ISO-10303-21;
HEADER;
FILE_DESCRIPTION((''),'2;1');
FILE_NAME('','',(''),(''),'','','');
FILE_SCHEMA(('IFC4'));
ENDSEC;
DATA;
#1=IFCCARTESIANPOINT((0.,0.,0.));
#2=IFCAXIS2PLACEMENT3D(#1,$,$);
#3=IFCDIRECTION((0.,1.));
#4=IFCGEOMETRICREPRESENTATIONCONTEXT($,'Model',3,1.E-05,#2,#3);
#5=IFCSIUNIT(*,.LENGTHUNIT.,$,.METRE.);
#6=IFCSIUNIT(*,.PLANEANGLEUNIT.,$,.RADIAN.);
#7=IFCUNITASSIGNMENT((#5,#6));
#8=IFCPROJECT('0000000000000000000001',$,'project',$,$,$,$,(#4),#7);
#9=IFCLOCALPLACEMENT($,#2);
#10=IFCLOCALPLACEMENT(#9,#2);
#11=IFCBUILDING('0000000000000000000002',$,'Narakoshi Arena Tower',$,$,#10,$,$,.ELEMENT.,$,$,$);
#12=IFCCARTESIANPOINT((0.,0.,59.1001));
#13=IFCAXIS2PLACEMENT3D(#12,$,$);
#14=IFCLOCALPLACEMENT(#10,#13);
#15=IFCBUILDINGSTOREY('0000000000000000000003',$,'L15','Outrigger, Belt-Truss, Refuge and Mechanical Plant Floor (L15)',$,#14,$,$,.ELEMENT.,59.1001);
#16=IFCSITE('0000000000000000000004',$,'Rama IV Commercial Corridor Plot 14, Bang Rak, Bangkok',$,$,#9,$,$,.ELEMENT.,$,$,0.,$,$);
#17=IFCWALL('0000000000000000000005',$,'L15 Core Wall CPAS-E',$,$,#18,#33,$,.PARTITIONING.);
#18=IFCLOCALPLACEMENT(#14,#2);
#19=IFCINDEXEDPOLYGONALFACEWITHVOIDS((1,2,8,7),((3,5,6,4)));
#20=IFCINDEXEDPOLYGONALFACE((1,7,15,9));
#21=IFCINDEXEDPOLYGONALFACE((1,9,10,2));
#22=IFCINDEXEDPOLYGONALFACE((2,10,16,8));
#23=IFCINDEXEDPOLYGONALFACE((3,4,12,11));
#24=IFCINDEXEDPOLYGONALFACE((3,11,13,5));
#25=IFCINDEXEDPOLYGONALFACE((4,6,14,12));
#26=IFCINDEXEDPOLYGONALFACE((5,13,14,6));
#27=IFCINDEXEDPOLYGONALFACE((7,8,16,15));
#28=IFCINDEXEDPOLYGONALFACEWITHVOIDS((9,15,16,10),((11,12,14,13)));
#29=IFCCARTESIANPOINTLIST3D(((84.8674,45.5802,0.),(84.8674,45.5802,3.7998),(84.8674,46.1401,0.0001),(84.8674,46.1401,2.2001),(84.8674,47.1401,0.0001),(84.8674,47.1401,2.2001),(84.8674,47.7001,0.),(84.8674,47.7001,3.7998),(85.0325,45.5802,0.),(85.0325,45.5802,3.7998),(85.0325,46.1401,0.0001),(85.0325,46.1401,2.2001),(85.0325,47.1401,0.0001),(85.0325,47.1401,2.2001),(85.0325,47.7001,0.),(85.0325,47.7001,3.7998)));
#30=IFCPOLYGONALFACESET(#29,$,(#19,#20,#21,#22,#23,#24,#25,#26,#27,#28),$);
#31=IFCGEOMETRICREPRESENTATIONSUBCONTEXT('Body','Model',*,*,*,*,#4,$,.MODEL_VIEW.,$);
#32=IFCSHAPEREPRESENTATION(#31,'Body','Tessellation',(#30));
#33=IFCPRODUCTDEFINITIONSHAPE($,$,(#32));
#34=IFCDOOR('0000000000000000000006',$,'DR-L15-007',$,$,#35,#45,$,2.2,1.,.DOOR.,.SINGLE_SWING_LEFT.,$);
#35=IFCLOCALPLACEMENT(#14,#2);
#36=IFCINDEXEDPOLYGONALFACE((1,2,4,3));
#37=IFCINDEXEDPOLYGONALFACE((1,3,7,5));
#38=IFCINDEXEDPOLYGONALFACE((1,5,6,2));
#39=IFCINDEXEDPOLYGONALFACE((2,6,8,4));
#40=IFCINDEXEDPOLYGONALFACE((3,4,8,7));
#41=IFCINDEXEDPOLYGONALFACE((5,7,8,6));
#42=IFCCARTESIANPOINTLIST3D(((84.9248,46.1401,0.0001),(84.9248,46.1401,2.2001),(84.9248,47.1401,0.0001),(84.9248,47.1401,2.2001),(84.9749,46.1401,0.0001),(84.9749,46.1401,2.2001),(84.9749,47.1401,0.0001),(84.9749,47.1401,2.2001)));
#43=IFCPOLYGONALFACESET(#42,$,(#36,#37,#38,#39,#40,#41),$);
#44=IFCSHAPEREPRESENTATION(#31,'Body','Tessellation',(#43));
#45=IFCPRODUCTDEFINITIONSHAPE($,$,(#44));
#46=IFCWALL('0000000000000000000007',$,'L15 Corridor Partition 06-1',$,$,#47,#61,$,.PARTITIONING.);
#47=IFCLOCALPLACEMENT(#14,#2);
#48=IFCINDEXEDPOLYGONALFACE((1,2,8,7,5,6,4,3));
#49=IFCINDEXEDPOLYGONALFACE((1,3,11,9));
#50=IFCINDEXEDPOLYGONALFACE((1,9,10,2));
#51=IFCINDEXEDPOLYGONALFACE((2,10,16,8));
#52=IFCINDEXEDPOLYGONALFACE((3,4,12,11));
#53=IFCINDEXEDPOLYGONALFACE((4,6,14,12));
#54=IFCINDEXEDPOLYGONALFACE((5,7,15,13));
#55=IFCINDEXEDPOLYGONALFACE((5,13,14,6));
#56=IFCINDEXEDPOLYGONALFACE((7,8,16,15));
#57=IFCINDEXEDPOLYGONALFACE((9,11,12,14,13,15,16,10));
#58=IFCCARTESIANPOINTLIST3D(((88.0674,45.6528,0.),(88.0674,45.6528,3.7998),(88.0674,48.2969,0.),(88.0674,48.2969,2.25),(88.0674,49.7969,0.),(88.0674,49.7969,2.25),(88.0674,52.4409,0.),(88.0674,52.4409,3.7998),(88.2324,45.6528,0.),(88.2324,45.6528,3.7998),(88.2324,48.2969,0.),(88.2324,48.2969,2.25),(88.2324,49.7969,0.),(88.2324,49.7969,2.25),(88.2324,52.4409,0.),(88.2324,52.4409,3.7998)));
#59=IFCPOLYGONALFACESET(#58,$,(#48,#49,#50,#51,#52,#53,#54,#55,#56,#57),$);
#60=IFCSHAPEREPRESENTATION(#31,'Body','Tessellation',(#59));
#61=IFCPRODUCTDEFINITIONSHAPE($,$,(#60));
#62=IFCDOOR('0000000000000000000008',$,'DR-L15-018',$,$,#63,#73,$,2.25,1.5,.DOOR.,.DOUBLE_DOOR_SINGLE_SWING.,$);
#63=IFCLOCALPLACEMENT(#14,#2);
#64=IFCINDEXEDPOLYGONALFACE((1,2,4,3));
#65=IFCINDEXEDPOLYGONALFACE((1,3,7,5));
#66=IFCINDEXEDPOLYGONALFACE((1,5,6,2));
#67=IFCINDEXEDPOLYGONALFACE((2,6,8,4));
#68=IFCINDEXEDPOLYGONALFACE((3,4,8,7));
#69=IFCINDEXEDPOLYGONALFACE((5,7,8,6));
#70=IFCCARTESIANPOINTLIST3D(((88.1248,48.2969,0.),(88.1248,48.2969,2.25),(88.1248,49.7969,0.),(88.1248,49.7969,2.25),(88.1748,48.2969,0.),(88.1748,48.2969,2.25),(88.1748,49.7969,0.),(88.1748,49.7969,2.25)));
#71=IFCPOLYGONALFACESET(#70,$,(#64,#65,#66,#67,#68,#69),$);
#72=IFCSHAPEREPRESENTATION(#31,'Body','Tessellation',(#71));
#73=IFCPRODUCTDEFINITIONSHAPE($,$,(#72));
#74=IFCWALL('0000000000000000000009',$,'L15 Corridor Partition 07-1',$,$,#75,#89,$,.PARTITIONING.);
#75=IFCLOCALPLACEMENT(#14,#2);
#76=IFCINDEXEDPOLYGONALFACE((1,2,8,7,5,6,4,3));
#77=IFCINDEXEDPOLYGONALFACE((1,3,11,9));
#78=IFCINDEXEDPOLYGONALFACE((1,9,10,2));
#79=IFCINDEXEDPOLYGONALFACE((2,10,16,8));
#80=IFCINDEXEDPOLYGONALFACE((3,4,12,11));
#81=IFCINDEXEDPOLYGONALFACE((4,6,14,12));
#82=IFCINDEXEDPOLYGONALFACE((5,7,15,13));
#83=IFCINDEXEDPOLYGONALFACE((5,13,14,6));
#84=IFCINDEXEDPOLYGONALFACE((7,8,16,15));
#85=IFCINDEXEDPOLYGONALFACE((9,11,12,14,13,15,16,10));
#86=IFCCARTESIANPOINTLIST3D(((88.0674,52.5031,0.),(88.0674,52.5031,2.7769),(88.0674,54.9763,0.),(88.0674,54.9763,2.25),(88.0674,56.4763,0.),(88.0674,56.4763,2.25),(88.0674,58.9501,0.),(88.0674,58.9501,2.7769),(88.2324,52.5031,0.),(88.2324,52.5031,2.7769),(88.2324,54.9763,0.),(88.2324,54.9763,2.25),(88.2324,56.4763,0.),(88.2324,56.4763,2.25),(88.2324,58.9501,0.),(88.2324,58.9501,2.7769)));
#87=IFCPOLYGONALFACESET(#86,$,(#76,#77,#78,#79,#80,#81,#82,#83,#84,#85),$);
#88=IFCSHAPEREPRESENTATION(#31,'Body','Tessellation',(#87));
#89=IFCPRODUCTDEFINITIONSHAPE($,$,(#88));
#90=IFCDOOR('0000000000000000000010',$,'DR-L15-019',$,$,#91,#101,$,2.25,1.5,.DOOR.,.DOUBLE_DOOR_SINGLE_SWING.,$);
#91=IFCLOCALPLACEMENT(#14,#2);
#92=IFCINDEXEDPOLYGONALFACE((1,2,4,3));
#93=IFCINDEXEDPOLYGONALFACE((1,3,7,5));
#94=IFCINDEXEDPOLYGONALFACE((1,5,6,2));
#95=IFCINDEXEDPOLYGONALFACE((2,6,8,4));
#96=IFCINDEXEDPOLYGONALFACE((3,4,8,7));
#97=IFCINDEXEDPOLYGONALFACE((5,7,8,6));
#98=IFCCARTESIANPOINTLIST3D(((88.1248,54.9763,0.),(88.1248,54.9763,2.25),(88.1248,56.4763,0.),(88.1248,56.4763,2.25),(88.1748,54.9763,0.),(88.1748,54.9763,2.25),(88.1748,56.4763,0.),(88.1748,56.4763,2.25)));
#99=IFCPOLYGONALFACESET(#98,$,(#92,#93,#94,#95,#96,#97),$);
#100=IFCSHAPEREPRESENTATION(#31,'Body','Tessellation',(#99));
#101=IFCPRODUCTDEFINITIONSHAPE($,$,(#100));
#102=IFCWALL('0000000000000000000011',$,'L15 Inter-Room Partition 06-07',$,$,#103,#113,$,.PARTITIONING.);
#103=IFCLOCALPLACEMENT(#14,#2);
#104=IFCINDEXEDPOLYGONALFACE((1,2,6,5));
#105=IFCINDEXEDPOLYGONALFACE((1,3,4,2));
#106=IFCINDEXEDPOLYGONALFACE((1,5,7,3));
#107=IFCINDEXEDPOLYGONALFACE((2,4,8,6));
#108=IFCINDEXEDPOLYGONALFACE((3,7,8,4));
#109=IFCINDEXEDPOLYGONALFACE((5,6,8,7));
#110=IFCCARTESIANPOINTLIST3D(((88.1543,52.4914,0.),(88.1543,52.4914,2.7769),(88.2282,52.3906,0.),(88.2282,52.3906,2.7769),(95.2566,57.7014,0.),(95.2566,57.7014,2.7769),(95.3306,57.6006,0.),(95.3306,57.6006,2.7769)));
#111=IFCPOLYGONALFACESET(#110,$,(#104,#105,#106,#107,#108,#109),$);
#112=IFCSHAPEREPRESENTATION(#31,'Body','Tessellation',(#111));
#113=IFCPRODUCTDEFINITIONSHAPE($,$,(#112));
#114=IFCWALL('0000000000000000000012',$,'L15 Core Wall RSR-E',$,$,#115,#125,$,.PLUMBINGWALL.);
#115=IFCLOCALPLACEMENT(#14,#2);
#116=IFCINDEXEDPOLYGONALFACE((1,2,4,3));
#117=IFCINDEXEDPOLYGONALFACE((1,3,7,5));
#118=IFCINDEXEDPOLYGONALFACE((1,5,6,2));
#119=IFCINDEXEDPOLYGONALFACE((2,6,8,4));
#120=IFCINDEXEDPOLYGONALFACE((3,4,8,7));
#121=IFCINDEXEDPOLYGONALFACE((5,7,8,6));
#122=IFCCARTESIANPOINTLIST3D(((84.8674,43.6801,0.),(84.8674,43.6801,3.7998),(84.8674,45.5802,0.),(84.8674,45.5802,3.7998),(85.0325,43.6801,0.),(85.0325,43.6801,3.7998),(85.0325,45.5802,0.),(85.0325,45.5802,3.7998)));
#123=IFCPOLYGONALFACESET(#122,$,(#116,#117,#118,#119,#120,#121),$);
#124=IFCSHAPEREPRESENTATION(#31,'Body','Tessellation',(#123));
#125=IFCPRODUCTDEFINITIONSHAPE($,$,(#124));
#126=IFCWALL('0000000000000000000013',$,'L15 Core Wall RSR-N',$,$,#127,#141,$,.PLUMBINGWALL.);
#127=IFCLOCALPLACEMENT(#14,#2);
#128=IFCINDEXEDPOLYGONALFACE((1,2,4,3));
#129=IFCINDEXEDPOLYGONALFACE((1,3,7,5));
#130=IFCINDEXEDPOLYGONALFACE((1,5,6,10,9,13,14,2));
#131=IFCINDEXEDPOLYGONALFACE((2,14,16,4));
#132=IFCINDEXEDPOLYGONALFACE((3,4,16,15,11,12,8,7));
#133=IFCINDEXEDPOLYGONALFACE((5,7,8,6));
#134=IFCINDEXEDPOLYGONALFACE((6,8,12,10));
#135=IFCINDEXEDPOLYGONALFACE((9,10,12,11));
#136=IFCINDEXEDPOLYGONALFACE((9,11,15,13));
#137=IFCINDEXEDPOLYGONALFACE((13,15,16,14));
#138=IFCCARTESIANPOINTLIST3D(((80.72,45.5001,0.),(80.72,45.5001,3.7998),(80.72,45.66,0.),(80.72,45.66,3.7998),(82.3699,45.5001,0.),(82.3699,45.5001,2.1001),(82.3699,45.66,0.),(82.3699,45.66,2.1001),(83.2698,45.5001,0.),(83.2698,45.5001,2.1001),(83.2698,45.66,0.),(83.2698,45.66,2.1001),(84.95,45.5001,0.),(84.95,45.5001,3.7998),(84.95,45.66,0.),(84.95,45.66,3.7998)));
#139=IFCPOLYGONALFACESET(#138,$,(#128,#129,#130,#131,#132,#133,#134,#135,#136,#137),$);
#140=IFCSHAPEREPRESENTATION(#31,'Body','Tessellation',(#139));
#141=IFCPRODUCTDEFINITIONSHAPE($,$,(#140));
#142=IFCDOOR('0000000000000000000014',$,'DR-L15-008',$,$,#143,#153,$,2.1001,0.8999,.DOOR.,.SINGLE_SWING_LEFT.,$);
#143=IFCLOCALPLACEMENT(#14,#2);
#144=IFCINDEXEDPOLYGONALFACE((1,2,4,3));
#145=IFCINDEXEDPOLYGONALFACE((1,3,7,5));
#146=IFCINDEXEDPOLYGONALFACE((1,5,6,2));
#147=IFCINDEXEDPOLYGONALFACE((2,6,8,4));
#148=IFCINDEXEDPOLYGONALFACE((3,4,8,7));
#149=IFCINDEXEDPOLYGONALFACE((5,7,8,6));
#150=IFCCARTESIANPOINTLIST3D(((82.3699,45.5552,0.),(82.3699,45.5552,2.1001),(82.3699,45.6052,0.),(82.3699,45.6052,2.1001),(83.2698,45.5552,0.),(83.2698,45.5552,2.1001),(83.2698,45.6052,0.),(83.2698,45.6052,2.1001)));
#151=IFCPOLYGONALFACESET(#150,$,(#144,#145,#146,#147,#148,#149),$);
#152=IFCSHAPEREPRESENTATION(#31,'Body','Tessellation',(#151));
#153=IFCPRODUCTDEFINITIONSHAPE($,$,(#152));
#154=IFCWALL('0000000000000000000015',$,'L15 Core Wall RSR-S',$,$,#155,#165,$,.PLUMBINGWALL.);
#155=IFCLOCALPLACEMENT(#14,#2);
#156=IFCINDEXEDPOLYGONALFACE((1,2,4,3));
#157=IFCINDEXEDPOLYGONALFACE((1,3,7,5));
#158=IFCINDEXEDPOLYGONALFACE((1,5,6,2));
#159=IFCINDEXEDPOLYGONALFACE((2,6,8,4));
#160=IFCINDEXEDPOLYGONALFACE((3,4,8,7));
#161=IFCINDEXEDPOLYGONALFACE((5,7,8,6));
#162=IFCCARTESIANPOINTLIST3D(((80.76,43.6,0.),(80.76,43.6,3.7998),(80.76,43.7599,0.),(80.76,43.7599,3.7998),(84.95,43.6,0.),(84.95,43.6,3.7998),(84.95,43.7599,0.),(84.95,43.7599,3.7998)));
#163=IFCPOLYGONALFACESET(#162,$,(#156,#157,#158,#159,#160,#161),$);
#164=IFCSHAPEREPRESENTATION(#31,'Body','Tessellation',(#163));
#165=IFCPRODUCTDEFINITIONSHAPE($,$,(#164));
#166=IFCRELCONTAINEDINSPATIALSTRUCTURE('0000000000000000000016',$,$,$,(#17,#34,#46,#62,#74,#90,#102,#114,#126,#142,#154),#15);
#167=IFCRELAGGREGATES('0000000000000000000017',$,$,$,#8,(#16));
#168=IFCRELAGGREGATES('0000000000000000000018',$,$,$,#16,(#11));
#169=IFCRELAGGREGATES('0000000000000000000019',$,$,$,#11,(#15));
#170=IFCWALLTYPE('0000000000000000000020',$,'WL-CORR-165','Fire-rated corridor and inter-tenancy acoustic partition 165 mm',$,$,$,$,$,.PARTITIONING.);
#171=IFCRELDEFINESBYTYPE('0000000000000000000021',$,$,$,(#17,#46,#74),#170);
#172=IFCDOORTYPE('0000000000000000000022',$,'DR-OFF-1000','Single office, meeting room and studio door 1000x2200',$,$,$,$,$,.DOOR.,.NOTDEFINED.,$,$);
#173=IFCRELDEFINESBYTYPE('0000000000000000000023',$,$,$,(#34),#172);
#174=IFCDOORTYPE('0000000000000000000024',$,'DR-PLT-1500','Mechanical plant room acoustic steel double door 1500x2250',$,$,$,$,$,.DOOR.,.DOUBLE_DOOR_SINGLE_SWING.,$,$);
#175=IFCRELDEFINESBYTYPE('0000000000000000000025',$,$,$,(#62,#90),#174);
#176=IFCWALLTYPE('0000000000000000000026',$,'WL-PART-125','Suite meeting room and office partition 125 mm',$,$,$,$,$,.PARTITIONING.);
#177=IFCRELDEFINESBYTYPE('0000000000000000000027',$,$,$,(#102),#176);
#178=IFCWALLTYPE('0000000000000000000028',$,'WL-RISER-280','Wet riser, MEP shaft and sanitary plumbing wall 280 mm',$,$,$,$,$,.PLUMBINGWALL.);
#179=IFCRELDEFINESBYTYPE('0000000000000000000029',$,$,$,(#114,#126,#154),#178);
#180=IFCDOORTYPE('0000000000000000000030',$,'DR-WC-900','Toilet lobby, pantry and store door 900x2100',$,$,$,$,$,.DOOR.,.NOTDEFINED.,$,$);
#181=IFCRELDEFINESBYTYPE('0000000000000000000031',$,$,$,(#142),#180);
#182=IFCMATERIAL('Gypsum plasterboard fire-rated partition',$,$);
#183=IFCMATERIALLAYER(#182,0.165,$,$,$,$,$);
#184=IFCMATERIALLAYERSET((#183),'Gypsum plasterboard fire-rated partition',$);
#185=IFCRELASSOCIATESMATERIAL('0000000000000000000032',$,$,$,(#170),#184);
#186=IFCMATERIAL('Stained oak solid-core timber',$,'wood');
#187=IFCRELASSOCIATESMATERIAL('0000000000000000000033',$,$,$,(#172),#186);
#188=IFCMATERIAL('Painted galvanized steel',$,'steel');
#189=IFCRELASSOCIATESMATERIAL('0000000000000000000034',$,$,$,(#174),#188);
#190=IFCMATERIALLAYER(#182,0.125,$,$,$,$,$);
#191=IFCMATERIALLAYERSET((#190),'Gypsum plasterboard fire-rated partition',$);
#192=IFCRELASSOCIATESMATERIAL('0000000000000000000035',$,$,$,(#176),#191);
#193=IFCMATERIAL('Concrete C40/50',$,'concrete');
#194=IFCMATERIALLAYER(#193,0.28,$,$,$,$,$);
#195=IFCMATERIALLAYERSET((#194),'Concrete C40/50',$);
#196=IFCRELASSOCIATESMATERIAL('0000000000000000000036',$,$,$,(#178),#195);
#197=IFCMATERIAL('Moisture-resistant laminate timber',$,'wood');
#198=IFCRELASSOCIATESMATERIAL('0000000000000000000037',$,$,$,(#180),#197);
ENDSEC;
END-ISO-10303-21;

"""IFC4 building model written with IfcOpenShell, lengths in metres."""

from ifc_helpers import new_model, si_unit, direction, frame, frame_2d, origin, place, context, subcontext, project, spatial, rectangle, extrude, material, layer, layer_set, type_object, element, fill, save


model = new_model("IFC4")

# Units and contexts
model_context = context("Model", 3, precision=1e-05, world=origin(), true_north=direction((0.0, 1.0)))
body_context = subcontext(model_context, "Body", "Model", "MODEL_VIEW")
ifc_project = project(units=[si_unit("LENGTHUNIT", "METRE"), si_unit("PLANEANGLEUNIT", "RADIAN")], contexts=[model_context])

# Site, building, storey
site_placement = place(None, origin())
site = spatial("IfcSite", under=ifc_project, at=site_placement, Name="Rama IV Commercial Corridor Plot 14, Bang Rak, Bangkok", CompositionType="ELEMENT", RefElevation=0.0)
building_placement = place(site_placement, origin())
building = spatial("IfcBuilding", under=site, at=building_placement, Name="Narakoshi Arena Tower", CompositionType="ELEMENT")
storey_placement = place(building_placement, frame((0.0, 0.0, 59.1001)))
storey = spatial("IfcBuildingStorey", under=building, at=storey_placement, Name="L15", Description="Outrigger, Belt-Truss, Refuge and Mechanical Plant Floor (L15)", CompositionType="ELEMENT", Elevation=59.1001)

# Walls, openings, doors
ifc_material_1 = material(Name="Gypsum plasterboard fire-rated partition")
ifc_layer_1 = layer(ifc_material_1, 0.165)
ifc_layer_set_1 = layer_set([ifc_layer_1], Name="Gypsum plasterboard fire-rated partition")
wall_type_1 = type_object("IfcWallType", Name="WL-CORR-165", Description="Fire-rated corridor and inter-tenancy acoustic partition 165 mm", PredefinedType="PARTITIONING", material=ifc_layer_set_1)
wall_1_placement = place(storey_placement, frame((84.95, 45.5801, 0.0), z_axis=(0.0, 0.0, 1.0), x_axis=(0.0, 1.0, 0.0)))
wall_1 = element("IfcWall", 1, at=wall_1_placement, inside=storey, type_object=wall_type_1, Name="L15 Core Wall CPAS-E", PredefinedType="PARTITIONING", context=body_context, shape_type="SweptSolid", body=[
    extrude(rectangle(XDim=2.1199, YDim=0.165, at=frame_2d((1.0601, 0.0))), origin(), (0.0, 0.0, 1.0), 3.7998),
])
opening_1_placement = place(wall_1_placement, frame((0.5601, 0.0, 0.0)))
opening_1 = element("IfcOpeningElement", 2, at=opening_1_placement, cuts=wall_1, PredefinedType="OPENING", context=body_context, shape_type="SweptSolid", body=[
    extrude(rectangle(XDim=1.0, YDim=2.2, at=frame_2d((0.5, 1.1001))), frame((0.0, 0.0925, 0.0), z_axis=(0.0, -1.0, 0.0), x_axis=(1.0, 0.0, 0.0)), (0.0, 0.0, 1.0), 0.1851),
])
ifc_material_2 = material(Name="Stained oak solid-core timber", Category="wood")
door_type_1 = type_object("IfcDoorType", Name="DR-OFF-1000", Description="Single office, meeting room and studio door 1000x2200", OperationType="NOTDEFINED", PredefinedType="DOOR", material=ifc_material_2)
door_1_placement = place(opening_1_placement, frame((1.0, 0.0, 0.0), z_axis=(0.0, 0.0, 1.0), x_axis=(-1.0, 0.0, 0.0)))
door_1 = element("IfcDoor", 3, at=door_1_placement, inside=storey, type_object=door_type_1, Name="DR-L15-007", OperationType="SINGLE_SWING_LEFT", OverallHeight=2.2, OverallWidth=1.0, PredefinedType="DOOR", context=body_context, shape_type="SweptSolid", body=[
    extrude(rectangle(XDim=1.0, YDim=2.2, at=frame_2d((0.5, 1.1001))), frame((0.0, 0.0249, 0.0), z_axis=(0.0, -1.0, 0.0), x_axis=(1.0, 0.0, 0.0)), (0.0, 0.0, 1.0), 0.05),
])
fill(opening_1, door_1)
wall_2_placement = place(storey_placement, frame((88.1499, 45.6528, 0.0), z_axis=(0.0, 0.0, 1.0), x_axis=(0.0, 1.0, 0.0)))
wall_2 = element("IfcWall", 4, at=wall_2_placement, inside=storey, type_object=wall_type_1, Name="L15 Corridor Partition 06-1", PredefinedType="PARTITIONING", context=body_context, shape_type="SweptSolid", body=[
    extrude(rectangle(XDim=6.7881, YDim=0.165, at=frame_2d((3.394, 0.0))), origin(), (0.0, 0.0, 1.0), 3.7998),
])
opening_2_placement = place(wall_2_placement, frame((2.644, 0.0, 0.0)))
opening_2 = element("IfcOpeningElement", 5, at=opening_2_placement, cuts=wall_2, PredefinedType="OPENING", context=body_context, shape_type="SweptSolid", body=[
    extrude(rectangle(XDim=1.5, YDim=2.25, at=frame_2d((0.75, 1.125))), frame((0.0, 0.0925, 0.0), z_axis=(0.0, -1.0, 0.0), x_axis=(1.0, 0.0, 0.0)), (0.0, 0.0, 1.0), 0.1851),
])
ifc_material_3 = material(Name="Painted galvanized steel", Category="steel")
door_type_2 = type_object("IfcDoorType", Name="DR-PLT-1500", Description="Mechanical plant room acoustic steel double door 1500x2250", OperationType="DOUBLE_DOOR_SINGLE_SWING", PredefinedType="DOOR", material=ifc_material_3)
door_2_placement = place(opening_2_placement, frame((1.5, 0.0, 0.0), z_axis=(0.0, 0.0, 1.0), x_axis=(-1.0, 0.0, 0.0)))
door_2 = element("IfcDoor", 6, at=door_2_placement, inside=storey, type_object=door_type_2, Name="DR-L15-018", OperationType="DOUBLE_DOOR_SINGLE_SWING", OverallHeight=2.25, OverallWidth=1.5, PredefinedType="DOOR", context=body_context, shape_type="SweptSolid", body=[
    extrude(rectangle(XDim=1.5, YDim=2.25, at=frame_2d((0.75, 1.125))), frame((0.0, 0.0249, 0.0), z_axis=(0.0, -1.0, 0.0), x_axis=(1.0, 0.0, 0.0)), (0.0, 0.0, 1.0), 0.05),
])
fill(opening_2, door_2)
wall_3_placement = place(storey_placement, frame((88.1499, 52.5029, 0.0), z_axis=(0.0, 0.0, 1.0), x_axis=(0.0, 1.0, 0.0)))
wall_3 = element("IfcWall", 7, at=wall_3_placement, inside=storey, type_object=wall_type_1, Name="L15 Corridor Partition 07-1", PredefinedType="PARTITIONING", context=body_context, shape_type="SweptSolid", body=[
    extrude(rectangle(XDim=6.447, YDim=0.165, at=frame_2d((3.2236, 0.0))), origin(), (0.0, 0.0, 1.0), 2.7769),
])
opening_3_placement = place(wall_3_placement, frame((2.4734, 0.0, 0.0)))
opening_3 = element("IfcOpeningElement", 8, at=opening_3_placement, cuts=wall_3, PredefinedType="OPENING", context=body_context, shape_type="SweptSolid", body=[
    extrude(rectangle(XDim=1.5, YDim=2.25, at=frame_2d((0.75, 1.125))), frame((0.0, 0.0925, 0.0), z_axis=(0.0, -1.0, 0.0), x_axis=(1.0, 0.0, 0.0)), (0.0, 0.0, 1.0), 0.1851),
])
door_3_placement = place(opening_3_placement, frame((1.5, 0.0, 0.0), z_axis=(0.0, 0.0, 1.0), x_axis=(-1.0, 0.0, 0.0)))
door_3 = element("IfcDoor", 9, at=door_3_placement, inside=storey, type_object=door_type_2, Name="DR-L15-019", OperationType="DOUBLE_DOOR_SINGLE_SWING", OverallHeight=2.25, OverallWidth=1.5, PredefinedType="DOOR", context=body_context, shape_type="SweptSolid", body=[
    extrude(rectangle(XDim=1.5, YDim=2.25, at=frame_2d((0.75, 1.125))), frame((0.0, 0.0249, 0.0), z_axis=(0.0, -1.0, 0.0), x_axis=(1.0, 0.0, 0.0)), (0.0, 0.0, 1.0), 0.05),
])
fill(opening_3, door_3)

# Walls
ifc_layer_2 = layer(ifc_material_1, 0.125)
ifc_layer_set_2 = layer_set([ifc_layer_2], Name="Gypsum plasterboard fire-rated partition")
wall_type_2 = type_object("IfcWallType", Name="WL-PART-125", Description="Suite meeting room and office partition 125 mm", PredefinedType="PARTITIONING", material=ifc_layer_set_2)
wall_4_placement = place(storey_placement, frame((88.1912, 52.4409, 0.0), z_axis=(0.0, 0.0, 1.0), x_axis=(0.806318, 0.591483, 0.0)))
element("IfcWall", 10, at=wall_4_placement, inside=storey, type_object=wall_type_2, Name="L15 Inter-Room Partition 06-07", PredefinedType="PARTITIONING", context=body_context, shape_type="SweptSolid", body=[
    extrude(rectangle(XDim=8.8083, YDim=0.125, at=frame_2d((4.4043, 0.0))), origin(), (0.0, 0.0, 1.0), 2.7769),
])
ifc_material_4 = material(Name="Concrete C40/50", Category="concrete")
ifc_layer_3 = layer(ifc_material_4, 0.28)
ifc_layer_set_3 = layer_set([ifc_layer_3], Name="Concrete C40/50")
wall_type_3 = type_object("IfcWallType", Name="WL-RISER-280", Description="Wet riser, MEP shaft and sanitary plumbing wall 280 mm", PredefinedType="PLUMBINGWALL", material=ifc_layer_set_3)
wall_5_placement = place(storey_placement, frame((84.95, 43.6799, 0.0), z_axis=(0.0, 0.0, 1.0), x_axis=(0.0, 1.0, 0.0)))
element("IfcWall", 11, at=wall_5_placement, inside=storey, type_object=wall_type_3, Name="L15 Core Wall RSR-E", PredefinedType="PLUMBINGWALL", context=body_context, shape_type="SweptSolid", body=[
    extrude(rectangle(XDim=1.9001, YDim=0.165, at=frame_2d((0.9502, 0.0))), origin(), (0.0, 0.0, 1.0), 3.7998),
])

# Wall, opening, door
wall_6_placement = place(storey_placement, frame((80.72, 45.5801, 0.0), z_axis=(0.0, 0.0, 1.0), x_axis=(1.0, 0.0, 0.0)))
wall_6 = element("IfcWall", 12, at=wall_6_placement, inside=storey, type_object=wall_type_3, Name="L15 Core Wall RSR-N", PredefinedType="PLUMBINGWALL", context=body_context, shape_type="SweptSolid", body=[
    extrude(rectangle(XDim=4.23, YDim=0.1599, at=frame_2d((2.115, 0.0))), origin(), (0.0, 0.0, 1.0), 3.7998),
])
opening_4_placement = place(wall_6_placement, frame((1.6499, 0.0, 0.0)))
opening_4 = element("IfcOpeningElement", 13, at=opening_4_placement, cuts=wall_6, PredefinedType="OPENING", context=body_context, shape_type="SweptSolid", body=[
    extrude(rectangle(XDim=0.8999, YDim=2.1001, at=frame_2d((0.45, 1.05))), frame((0.0, 0.0898, 0.0), z_axis=(0.0, -1.0, 0.0), x_axis=(1.0, 0.0, 0.0)), (0.0, 0.0, 1.0), 0.1799),
])
ifc_material_5 = material(Name="Moisture-resistant laminate timber", Category="wood")
door_type_3 = type_object("IfcDoorType", Name="DR-WC-900", Description="Toilet lobby, pantry and store door 900x2100", OperationType="NOTDEFINED", PredefinedType="DOOR", material=ifc_material_5)
door_4_placement = place(opening_4_placement, frame((0.8999, 0.0, 0.0), z_axis=(0.0, 0.0, 1.0), x_axis=(-1.0, 0.0, 0.0)))
door_4 = element("IfcDoor", 14, at=door_4_placement, inside=storey, type_object=door_type_3, Name="DR-L15-008", OperationType="SINGLE_SWING_LEFT", OverallHeight=2.1001, OverallWidth=0.8999, PredefinedType="DOOR", context=body_context, shape_type="SweptSolid", body=[
    extrude(rectangle(XDim=0.8999, YDim=2.1001, at=frame_2d((0.45, 1.05))), frame((0.0, 0.0249, 0.0), z_axis=(0.0, -1.0, 0.0), x_axis=(1.0, 0.0, 0.0)), (0.0, 0.0, 1.0), 0.05),
])
fill(opening_4, door_4)

# Wall
wall_7_placement = place(storey_placement, frame((80.76, 43.6799, 0.0), z_axis=(0.0, 0.0, 1.0), x_axis=(1.0, 0.0, 0.0)))
element("IfcWall", 15, at=wall_7_placement, inside=storey, type_object=wall_type_3, Name="L15 Core Wall RSR-S", PredefinedType="PLUMBINGWALL", context=body_context, shape_type="SweptSolid", body=[
    extrude(rectangle(XDim=4.1899, YDim=0.1599, at=frame_2d((2.095, 0.0))), origin(), (0.0, 0.0, 1.0), 3.7998),
])

save(model, "model.ifc")
